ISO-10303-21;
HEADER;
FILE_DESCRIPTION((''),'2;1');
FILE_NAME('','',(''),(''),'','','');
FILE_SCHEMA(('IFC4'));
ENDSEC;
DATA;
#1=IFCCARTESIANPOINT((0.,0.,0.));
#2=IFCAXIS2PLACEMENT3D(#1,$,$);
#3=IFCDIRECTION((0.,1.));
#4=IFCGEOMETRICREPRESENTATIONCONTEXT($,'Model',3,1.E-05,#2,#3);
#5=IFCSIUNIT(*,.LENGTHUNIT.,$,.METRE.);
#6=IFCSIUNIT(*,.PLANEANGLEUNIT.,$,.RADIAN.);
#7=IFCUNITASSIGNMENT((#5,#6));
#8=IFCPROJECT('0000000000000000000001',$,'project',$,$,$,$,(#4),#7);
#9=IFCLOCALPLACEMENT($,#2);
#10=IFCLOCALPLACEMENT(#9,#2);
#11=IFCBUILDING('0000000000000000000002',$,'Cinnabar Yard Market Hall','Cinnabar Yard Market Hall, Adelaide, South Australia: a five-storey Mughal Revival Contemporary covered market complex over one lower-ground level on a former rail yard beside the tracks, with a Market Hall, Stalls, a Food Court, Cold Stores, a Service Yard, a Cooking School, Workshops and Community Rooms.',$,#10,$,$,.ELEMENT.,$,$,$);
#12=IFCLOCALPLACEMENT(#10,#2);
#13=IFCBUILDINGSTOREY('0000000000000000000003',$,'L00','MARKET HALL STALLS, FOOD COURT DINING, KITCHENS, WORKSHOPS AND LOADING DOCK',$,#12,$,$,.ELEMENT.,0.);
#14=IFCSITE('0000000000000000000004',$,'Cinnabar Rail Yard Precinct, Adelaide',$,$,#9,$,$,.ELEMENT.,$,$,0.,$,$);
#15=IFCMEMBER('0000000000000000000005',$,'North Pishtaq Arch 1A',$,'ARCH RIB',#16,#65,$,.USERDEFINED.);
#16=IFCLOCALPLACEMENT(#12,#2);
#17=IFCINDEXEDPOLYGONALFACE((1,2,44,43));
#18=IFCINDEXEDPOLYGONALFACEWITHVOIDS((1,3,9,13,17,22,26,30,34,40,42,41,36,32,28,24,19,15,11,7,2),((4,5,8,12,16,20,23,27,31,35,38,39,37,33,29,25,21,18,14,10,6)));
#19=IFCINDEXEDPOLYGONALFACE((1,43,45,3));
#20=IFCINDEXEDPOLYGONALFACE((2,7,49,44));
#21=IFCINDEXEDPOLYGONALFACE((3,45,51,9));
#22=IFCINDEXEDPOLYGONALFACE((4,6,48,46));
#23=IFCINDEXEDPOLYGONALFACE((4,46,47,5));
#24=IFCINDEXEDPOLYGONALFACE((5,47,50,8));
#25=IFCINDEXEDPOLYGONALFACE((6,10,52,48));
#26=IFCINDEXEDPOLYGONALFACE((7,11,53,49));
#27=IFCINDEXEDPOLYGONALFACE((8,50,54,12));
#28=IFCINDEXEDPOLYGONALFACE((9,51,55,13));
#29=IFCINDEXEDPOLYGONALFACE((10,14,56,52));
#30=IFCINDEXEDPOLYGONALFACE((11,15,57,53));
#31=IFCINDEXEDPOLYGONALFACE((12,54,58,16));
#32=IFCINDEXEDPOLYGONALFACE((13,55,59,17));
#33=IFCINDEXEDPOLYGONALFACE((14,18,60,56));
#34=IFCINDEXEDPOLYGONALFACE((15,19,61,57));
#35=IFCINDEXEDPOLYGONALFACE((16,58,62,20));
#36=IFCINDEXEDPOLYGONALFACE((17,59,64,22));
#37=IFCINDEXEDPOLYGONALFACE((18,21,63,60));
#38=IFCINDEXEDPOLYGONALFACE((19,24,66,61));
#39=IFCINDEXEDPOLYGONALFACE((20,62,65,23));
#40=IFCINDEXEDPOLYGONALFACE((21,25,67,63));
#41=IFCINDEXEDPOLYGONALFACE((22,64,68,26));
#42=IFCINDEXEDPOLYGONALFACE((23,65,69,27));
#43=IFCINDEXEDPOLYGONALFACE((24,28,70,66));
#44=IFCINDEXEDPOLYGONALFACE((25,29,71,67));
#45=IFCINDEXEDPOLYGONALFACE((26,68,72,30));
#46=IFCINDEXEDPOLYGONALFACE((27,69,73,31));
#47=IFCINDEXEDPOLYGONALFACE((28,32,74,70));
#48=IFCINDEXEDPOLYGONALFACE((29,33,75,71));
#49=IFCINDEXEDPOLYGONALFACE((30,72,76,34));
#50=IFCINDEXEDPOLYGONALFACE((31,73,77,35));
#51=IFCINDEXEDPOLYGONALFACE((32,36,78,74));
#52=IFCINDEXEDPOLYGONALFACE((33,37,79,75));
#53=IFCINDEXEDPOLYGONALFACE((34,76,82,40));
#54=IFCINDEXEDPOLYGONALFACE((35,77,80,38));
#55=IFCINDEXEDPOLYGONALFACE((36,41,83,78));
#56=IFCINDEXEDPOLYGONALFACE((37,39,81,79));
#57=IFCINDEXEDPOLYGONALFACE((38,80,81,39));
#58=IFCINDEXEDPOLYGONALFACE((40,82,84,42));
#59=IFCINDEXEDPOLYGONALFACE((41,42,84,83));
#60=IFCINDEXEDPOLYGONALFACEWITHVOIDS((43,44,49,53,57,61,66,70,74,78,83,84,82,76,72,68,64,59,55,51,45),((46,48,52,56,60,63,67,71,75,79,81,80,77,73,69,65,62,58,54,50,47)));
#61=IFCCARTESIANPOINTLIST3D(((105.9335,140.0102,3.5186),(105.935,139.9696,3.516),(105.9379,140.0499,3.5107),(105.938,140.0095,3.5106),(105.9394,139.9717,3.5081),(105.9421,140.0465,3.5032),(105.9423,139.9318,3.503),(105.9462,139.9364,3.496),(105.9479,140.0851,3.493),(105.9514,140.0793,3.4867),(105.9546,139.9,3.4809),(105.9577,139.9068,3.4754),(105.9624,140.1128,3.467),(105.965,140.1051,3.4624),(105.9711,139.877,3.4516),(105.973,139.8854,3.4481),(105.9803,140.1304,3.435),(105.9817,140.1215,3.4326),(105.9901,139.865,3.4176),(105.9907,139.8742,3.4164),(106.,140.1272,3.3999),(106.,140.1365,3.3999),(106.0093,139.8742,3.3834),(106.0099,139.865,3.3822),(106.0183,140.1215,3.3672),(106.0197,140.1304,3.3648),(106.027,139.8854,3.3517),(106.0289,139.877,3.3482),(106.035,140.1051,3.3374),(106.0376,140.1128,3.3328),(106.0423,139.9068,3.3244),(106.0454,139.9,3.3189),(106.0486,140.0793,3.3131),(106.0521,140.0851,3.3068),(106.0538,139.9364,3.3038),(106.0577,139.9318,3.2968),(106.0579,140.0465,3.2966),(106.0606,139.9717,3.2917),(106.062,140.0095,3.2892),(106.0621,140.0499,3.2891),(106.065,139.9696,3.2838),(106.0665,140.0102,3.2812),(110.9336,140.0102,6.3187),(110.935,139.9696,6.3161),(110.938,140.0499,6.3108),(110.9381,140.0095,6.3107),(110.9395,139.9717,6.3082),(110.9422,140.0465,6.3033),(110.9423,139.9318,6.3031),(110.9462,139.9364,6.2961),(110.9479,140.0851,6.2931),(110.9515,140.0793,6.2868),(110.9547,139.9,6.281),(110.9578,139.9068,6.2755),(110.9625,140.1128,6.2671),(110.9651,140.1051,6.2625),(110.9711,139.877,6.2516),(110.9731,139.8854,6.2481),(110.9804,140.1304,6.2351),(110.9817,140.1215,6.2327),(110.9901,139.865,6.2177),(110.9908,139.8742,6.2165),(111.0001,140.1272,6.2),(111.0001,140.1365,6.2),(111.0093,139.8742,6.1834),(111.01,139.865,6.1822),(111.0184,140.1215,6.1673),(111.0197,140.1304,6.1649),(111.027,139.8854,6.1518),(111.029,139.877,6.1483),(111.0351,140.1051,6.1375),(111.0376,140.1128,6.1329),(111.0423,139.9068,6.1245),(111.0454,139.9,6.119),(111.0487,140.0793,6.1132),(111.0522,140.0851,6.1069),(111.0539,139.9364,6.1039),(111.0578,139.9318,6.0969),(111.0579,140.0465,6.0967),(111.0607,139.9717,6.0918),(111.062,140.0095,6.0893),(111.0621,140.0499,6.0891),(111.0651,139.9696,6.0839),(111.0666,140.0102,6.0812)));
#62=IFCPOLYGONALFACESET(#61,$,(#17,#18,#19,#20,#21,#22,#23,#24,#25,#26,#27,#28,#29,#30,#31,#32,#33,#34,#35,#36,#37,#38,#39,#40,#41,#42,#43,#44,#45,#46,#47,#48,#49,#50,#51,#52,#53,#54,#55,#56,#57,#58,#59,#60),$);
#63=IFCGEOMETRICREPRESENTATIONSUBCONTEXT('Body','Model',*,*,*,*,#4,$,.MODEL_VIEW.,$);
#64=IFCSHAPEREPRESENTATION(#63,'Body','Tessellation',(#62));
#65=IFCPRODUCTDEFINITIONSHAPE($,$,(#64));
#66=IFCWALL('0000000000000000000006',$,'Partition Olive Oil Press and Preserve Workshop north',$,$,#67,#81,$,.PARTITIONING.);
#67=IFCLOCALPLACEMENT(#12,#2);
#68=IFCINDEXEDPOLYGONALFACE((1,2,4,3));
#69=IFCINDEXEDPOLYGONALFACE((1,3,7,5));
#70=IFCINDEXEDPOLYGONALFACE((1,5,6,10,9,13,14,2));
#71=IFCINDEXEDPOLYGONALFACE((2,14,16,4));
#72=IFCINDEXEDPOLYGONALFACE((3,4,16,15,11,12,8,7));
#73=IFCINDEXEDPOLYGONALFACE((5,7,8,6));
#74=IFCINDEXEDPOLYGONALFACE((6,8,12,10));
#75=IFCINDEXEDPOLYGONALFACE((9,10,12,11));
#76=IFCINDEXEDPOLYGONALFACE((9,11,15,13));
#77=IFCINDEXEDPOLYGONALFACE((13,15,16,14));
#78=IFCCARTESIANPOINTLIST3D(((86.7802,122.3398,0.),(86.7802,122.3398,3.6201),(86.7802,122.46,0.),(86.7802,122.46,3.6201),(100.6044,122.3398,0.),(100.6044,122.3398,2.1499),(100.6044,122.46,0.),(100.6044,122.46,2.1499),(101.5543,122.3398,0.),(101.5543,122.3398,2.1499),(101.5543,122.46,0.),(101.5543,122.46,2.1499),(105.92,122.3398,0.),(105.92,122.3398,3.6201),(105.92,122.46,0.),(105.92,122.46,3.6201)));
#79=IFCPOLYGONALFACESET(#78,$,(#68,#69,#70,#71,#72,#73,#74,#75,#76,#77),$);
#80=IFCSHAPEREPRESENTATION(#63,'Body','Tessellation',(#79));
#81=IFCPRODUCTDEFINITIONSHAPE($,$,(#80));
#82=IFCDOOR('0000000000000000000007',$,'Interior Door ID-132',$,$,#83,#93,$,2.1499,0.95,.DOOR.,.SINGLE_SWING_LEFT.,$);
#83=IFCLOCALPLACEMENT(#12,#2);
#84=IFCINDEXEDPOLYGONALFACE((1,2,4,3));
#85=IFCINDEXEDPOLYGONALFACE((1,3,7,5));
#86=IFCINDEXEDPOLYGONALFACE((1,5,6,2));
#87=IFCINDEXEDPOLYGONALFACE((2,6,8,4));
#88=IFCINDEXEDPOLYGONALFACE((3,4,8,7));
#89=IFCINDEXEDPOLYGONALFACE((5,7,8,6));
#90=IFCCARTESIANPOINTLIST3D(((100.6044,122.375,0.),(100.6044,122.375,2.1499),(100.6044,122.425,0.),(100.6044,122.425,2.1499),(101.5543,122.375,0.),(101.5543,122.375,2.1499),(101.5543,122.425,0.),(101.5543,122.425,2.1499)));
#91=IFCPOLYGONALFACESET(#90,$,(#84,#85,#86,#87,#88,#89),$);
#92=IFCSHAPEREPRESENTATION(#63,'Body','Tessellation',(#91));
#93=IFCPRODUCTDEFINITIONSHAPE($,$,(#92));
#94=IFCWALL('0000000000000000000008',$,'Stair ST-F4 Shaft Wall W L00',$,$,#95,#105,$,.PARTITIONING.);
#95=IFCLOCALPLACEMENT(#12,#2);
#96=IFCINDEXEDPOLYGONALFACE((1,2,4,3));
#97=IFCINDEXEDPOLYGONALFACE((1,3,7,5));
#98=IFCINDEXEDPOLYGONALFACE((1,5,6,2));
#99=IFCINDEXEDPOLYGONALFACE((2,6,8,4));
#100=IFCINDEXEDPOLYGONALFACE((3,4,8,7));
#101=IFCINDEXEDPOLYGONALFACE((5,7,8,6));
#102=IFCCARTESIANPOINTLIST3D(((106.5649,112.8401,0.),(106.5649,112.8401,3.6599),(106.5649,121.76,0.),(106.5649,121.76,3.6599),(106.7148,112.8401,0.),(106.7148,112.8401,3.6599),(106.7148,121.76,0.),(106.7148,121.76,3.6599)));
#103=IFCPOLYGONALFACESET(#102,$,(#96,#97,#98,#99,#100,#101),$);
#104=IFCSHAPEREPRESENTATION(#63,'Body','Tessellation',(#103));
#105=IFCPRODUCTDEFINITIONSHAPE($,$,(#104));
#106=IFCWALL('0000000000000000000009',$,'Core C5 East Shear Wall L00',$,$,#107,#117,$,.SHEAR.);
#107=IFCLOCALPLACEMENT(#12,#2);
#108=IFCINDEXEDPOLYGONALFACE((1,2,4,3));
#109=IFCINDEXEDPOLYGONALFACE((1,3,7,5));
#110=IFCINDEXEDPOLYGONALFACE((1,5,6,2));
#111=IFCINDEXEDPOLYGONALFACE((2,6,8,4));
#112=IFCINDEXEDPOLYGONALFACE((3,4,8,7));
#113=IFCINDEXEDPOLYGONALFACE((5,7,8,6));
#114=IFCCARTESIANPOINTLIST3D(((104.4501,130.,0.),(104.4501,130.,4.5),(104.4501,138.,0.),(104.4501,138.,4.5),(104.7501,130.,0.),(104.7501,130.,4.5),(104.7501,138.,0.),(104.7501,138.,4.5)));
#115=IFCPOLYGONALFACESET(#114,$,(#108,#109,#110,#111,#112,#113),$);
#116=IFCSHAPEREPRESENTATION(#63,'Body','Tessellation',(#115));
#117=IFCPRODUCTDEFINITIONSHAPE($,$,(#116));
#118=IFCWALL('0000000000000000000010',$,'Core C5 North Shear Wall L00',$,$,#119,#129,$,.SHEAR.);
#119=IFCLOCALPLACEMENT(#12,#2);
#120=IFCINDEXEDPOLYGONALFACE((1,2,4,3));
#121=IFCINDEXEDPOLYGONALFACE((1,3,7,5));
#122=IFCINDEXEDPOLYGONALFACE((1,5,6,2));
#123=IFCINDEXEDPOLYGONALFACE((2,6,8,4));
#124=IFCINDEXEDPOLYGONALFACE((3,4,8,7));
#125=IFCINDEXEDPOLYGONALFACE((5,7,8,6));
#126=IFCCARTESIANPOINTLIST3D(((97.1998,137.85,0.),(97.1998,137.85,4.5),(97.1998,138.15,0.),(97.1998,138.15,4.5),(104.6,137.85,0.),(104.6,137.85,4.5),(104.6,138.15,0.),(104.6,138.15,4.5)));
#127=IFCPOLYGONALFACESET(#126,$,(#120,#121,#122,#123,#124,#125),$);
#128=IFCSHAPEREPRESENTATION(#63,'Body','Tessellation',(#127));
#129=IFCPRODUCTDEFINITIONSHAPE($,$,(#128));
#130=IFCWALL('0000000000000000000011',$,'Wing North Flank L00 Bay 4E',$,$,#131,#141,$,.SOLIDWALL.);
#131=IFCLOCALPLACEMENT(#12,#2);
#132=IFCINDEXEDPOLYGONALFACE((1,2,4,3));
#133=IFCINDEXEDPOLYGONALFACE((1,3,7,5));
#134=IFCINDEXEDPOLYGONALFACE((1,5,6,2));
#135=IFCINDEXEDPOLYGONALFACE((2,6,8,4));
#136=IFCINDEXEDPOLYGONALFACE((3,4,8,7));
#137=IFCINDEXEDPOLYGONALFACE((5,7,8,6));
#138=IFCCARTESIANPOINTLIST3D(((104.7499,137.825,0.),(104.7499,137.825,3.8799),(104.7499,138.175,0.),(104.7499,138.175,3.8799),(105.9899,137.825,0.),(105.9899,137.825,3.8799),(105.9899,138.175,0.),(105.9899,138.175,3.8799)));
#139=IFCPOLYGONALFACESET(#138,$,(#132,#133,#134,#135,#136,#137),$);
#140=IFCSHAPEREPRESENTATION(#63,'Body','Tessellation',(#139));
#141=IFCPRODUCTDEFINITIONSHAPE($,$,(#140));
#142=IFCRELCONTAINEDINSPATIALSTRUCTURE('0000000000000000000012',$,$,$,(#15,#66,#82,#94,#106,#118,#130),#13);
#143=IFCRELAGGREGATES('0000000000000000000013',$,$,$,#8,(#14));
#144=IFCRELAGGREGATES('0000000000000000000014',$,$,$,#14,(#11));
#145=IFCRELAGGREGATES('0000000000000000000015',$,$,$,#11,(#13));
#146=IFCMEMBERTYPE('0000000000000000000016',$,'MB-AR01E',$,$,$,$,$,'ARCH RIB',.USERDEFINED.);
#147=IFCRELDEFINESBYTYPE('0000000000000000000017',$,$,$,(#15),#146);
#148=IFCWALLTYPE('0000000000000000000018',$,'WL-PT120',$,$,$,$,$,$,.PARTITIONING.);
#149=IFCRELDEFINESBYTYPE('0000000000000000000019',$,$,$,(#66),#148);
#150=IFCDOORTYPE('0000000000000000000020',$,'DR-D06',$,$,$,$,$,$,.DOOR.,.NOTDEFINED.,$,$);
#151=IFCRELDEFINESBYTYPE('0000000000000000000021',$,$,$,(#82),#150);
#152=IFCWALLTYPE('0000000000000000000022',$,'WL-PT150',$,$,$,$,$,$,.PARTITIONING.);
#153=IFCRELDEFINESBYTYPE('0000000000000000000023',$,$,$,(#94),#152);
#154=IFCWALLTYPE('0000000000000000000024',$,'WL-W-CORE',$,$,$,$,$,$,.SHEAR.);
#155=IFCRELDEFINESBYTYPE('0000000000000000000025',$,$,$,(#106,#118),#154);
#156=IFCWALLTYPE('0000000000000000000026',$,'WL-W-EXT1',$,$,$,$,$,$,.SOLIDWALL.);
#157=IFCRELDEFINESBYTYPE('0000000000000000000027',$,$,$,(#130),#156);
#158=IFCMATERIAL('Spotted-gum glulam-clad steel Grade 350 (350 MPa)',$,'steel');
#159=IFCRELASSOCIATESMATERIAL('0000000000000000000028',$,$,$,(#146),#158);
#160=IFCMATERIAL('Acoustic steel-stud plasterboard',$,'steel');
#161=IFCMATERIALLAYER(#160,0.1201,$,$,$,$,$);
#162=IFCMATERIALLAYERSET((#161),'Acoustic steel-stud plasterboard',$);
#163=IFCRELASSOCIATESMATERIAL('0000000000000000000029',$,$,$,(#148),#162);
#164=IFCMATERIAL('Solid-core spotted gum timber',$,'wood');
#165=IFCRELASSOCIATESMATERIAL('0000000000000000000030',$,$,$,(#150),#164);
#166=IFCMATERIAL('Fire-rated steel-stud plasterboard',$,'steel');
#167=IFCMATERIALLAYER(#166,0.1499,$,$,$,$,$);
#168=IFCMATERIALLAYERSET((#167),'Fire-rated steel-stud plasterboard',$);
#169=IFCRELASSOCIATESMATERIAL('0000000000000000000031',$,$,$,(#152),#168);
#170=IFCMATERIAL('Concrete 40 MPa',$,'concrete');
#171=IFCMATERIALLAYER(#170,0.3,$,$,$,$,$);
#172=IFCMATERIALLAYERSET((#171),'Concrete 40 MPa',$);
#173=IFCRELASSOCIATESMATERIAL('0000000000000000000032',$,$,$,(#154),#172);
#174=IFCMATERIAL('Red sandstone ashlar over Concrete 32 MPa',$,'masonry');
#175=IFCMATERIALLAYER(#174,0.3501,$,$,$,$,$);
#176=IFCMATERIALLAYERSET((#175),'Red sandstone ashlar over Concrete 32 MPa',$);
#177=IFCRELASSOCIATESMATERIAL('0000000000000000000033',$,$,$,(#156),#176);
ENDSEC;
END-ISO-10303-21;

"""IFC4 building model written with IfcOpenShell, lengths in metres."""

from ifc_helpers import new_model, si_unit, direction, frame, frame_2d, origin, origin_2d_with_axis, place, context, subcontext, project, spatial, rectangle, hollow_circle, extrude, material, layer, layer_set, material_profile, profile_set, type_object, element, fill, save


model = new_model("IFC4")

# Units and contexts
model_context = context("Model", 3, precision=1e-05, world=origin(), true_north=direction((0.0, 1.0)))
body_context = subcontext(model_context, "Body", "Model", "MODEL_VIEW")
ifc_project = project(units=[si_unit("LENGTHUNIT", "METRE"), si_unit("PLANEANGLEUNIT", "RADIAN")], contexts=[model_context])

# Site, building, storey
site_placement = place(None, origin())
site = spatial("IfcSite", under=ifc_project, at=site_placement, Name="Cinnabar Rail Yard Precinct, Adelaide", CompositionType="ELEMENT", RefElevation=0.0)
building_placement = place(site_placement, origin())
building = spatial("IfcBuilding", under=site, at=building_placement, Name="Cinnabar Yard Market Hall", Description="Cinnabar Yard Market Hall, Adelaide, South Australia: a five-storey Mughal Revival Contemporary covered market complex over one lower-ground level on a former rail yard beside the tracks, with a Market Hall, Stalls, a Food Court, Cold Stores, a Service Yard, a Cooking School, Workshops and Community Rooms.", CompositionType="ELEMENT")
storey_placement = place(building_placement, origin())
storey = spatial("IfcBuildingStorey", under=building, at=storey_placement, Name="L00", Description="MARKET HALL STALLS, FOOD COURT DINING, KITCHENS, WORKSHOPS AND LOADING DOCK", CompositionType="ELEMENT", Elevation=0.0)

# Shared definitions
ifc_material_1 = material(Name="Spotted-gum glulam-clad steel Grade 350 (350 MPa)", Category="steel")
ifc_material_2 = material(Name="Concrete 40 MPa", Category="concrete")

# Member
ifc_material_profile_1 = material_profile(ifc_material_1, hollow_circle(Radius=0.1365, WallThickness=0.0093, at=origin_2d_with_axis()), Name="273.1x9.3CHS")
ifc_profile_set_1 = profile_set([ifc_material_profile_1], Name="Spotted-gum glulam-clad steel Grade 350 (350 MPa)")
member_type = type_object("IfcMemberType", Name="MB-AR01E", ElementType="ARCH RIB", PredefinedType="USERDEFINED", material=ifc_profile_set_1)
member_placement = place(storey_placement, frame((106.0, 140.0, 3.3999), z_axis=(0.872502, 0.0, 0.48861), x_axis=(0.0, 1.0, 0.0)))
element("IfcMember", 1, at=member_placement, inside=storey, type_object=member_type, Name="North Pishtaq Arch 1A", ObjectType="ARCH RIB", PredefinedType="USERDEFINED", context=body_context, shape_type="SweptSolid", body=[
    extrude(hollow_circle(Radius=0.1365, WallThickness=0.0093, at=origin_2d_with_axis()), origin(), (0.0, 0.0, 1.0), 5.7307),
])

# Wall, opening, door
ifc_material_3 = material(Name="Acoustic steel-stud plasterboard", Category="steel")
ifc_layer_1 = layer(ifc_material_3, 0.1201)
ifc_layer_set_1 = layer_set([ifc_layer_1], Name="Acoustic steel-stud plasterboard")
wall_type_1 = type_object("IfcWallType", Name="WL-PT120", PredefinedType="PARTITIONING", material=ifc_layer_set_1)
wall_1_placement = place(storey_placement, frame((105.9199, 122.3999, 0.0), z_axis=(0.0, 0.0, 1.0), x_axis=(-1.0, 0.0, 0.0)))
wall_1 = element("IfcWall", 2, at=wall_1_placement, inside=storey, type_object=wall_type_1, Name="Partition Olive Oil Press and Preserve Workshop north", PredefinedType="PARTITIONING", context=body_context, shape_type="SweptSolid", body=[
    extrude(rectangle(XDim=19.1399, YDim=0.1201, at=frame_2d((9.5698, 0.0), x_axis=(1.0, 0.0))), origin(), (0.0, 0.0, 1.0), 3.6201),
])
opening_1_placement = place(wall_1_placement, frame((4.3655, 0.0, 0.0)))
opening_1 = element("IfcOpeningElement", 3, at=opening_1_placement, cuts=wall_1, PredefinedType="OPENING", context=body_context, shape_type="SweptSolid", body=[
    extrude(rectangle(XDim=0.95, YDim=2.1499, at=frame_2d((0.4751, 1.075), x_axis=(1.0, 0.0))), frame((0.0, 0.0701, 0.0), z_axis=(0.0, -1.0, 0.0), x_axis=(1.0, 0.0, 0.0)), (0.0, 0.0, 1.0), 0.1401),
])
ifc_material_4 = material(Name="Solid-core spotted gum timber", Category="wood")
door_type_1 = type_object("IfcDoorType", Name="DR-D06", OperationType="NOTDEFINED", PredefinedType="DOOR", material=ifc_material_4)
door_1_placement = place(opening_1_placement, origin())
door_1 = element("IfcDoor", 4, at=door_1_placement, inside=storey, type_object=door_type_1, Name="Interior Door ID-132", OperationType="SINGLE_SWING_LEFT", OverallHeight=2.1499, OverallWidth=0.95, PredefinedType="DOOR", context=body_context, shape_type="SweptSolid", body=[
    extrude(rectangle(XDim=0.95, YDim=2.1499, at=frame_2d((0.4751, 1.075), x_axis=(1.0, 0.0))), frame((0.0, 0.0249, 0.0), z_axis=(0.0, -1.0, 0.0), x_axis=(1.0, 0.0, 0.0)), (0.0, 0.0, 1.0), 0.05),
])
fill(opening_1, door_1)

# Wall
ifc_material_5 = material(Name="Fire-rated steel-stud plasterboard", Category="steel")
ifc_layer_2 = layer(ifc_material_5, 0.1499)
ifc_layer_set_2 = layer_set([ifc_layer_2], Name="Fire-rated steel-stud plasterboard")
wall_type_2 = type_object("IfcWallType", Name="WL-PT150", PredefinedType="PARTITIONING", material=ifc_layer_set_2)
wall_2_placement = place(storey_placement, frame((106.6399, 121.76, 0.0), z_axis=(0.0, 0.0, 1.0), x_axis=(0.0, -1.0, 0.0)))
element("IfcWall", 5, at=wall_2_placement, inside=storey, type_object=wall_type_2, Name="Stair ST-F4 Shaft Wall W L00", PredefinedType="PARTITIONING", context=body_context, shape_type="SweptSolid", body=[
    extrude(rectangle(XDim=8.9199, YDim=0.1499, at=frame_2d((4.46, 0.0), x_axis=(1.0, 0.0))), origin(), (0.0, 0.0, 1.0), 3.6599),
])

# Walls
ifc_layer_3 = layer(ifc_material_2, 0.3)
ifc_layer_set_3 = layer_set([ifc_layer_3], Name="Concrete 40 MPa")
wall_type_3 = type_object("IfcWallType", Name="WL-W-CORE", PredefinedType="SHEAR", material=ifc_layer_set_3)
wall_3_placement = place(storey_placement, frame((104.6001, 130.0, 0.0), z_axis=(0.0, 0.0, 1.0), x_axis=(0.0, 1.0, 0.0)))
element("IfcWall", 6, at=wall_3_placement, inside=storey, type_object=wall_type_3, Name="Core C5 East Shear Wall L00", PredefinedType="SHEAR", context=body_context, shape_type="SweptSolid", body=[
    extrude(rectangle(XDim=8.0, YDim=0.3, at=frame_2d((4.0, 0.0), x_axis=(1.0, 0.0))), origin(), (0.0, 0.0, 1.0), 4.5),
])
wall_4_placement = place(storey_placement, frame((104.6001, 138.0, 0.0), z_axis=(0.0, 0.0, 1.0), x_axis=(-1.0, 0.0, 0.0)))
element("IfcWall", 7, at=wall_4_placement, inside=storey, type_object=wall_type_3, Name="Core C5 North Shear Wall L00", PredefinedType="SHEAR", context=body_context, shape_type="SweptSolid", body=[
    extrude(rectangle(XDim=7.4001, YDim=0.3, at=frame_2d((3.7002, 0.0), x_axis=(1.0, 0.0))), origin(), (0.0, 0.0, 1.0), 4.5),
])
ifc_material_6 = material(Name="Red sandstone ashlar over Concrete 32 MPa", Category="masonry")
ifc_layer_4 = layer(ifc_material_6, 0.3501)
ifc_layer_set_4 = layer_set([ifc_layer_4], Name="Red sandstone ashlar over Concrete 32 MPa")
wall_type_4 = type_object("IfcWallType", Name="WL-W-EXT1", PredefinedType="SOLIDWALL", material=ifc_layer_set_4)
wall_5_placement = place(storey_placement, frame((105.99, 138.0, 0.0), z_axis=(0.0, 0.0, 1.0), x_axis=(-1.0, 0.0, 0.0)))
element("IfcWall", 8, at=wall_5_placement, inside=storey, type_object=wall_type_4, Name="Wing North Flank L00 Bay 4E", PredefinedType="SOLIDWALL", context=body_context, shape_type="SweptSolid", body=[
    extrude(rectangle(XDim=1.24, YDim=0.3501, at=frame_2d((0.6201, 0.0), x_axis=(1.0, 0.0))), origin(), (0.0, 0.0, 1.0), 3.8799),
])

save(model, "model.ifc")
